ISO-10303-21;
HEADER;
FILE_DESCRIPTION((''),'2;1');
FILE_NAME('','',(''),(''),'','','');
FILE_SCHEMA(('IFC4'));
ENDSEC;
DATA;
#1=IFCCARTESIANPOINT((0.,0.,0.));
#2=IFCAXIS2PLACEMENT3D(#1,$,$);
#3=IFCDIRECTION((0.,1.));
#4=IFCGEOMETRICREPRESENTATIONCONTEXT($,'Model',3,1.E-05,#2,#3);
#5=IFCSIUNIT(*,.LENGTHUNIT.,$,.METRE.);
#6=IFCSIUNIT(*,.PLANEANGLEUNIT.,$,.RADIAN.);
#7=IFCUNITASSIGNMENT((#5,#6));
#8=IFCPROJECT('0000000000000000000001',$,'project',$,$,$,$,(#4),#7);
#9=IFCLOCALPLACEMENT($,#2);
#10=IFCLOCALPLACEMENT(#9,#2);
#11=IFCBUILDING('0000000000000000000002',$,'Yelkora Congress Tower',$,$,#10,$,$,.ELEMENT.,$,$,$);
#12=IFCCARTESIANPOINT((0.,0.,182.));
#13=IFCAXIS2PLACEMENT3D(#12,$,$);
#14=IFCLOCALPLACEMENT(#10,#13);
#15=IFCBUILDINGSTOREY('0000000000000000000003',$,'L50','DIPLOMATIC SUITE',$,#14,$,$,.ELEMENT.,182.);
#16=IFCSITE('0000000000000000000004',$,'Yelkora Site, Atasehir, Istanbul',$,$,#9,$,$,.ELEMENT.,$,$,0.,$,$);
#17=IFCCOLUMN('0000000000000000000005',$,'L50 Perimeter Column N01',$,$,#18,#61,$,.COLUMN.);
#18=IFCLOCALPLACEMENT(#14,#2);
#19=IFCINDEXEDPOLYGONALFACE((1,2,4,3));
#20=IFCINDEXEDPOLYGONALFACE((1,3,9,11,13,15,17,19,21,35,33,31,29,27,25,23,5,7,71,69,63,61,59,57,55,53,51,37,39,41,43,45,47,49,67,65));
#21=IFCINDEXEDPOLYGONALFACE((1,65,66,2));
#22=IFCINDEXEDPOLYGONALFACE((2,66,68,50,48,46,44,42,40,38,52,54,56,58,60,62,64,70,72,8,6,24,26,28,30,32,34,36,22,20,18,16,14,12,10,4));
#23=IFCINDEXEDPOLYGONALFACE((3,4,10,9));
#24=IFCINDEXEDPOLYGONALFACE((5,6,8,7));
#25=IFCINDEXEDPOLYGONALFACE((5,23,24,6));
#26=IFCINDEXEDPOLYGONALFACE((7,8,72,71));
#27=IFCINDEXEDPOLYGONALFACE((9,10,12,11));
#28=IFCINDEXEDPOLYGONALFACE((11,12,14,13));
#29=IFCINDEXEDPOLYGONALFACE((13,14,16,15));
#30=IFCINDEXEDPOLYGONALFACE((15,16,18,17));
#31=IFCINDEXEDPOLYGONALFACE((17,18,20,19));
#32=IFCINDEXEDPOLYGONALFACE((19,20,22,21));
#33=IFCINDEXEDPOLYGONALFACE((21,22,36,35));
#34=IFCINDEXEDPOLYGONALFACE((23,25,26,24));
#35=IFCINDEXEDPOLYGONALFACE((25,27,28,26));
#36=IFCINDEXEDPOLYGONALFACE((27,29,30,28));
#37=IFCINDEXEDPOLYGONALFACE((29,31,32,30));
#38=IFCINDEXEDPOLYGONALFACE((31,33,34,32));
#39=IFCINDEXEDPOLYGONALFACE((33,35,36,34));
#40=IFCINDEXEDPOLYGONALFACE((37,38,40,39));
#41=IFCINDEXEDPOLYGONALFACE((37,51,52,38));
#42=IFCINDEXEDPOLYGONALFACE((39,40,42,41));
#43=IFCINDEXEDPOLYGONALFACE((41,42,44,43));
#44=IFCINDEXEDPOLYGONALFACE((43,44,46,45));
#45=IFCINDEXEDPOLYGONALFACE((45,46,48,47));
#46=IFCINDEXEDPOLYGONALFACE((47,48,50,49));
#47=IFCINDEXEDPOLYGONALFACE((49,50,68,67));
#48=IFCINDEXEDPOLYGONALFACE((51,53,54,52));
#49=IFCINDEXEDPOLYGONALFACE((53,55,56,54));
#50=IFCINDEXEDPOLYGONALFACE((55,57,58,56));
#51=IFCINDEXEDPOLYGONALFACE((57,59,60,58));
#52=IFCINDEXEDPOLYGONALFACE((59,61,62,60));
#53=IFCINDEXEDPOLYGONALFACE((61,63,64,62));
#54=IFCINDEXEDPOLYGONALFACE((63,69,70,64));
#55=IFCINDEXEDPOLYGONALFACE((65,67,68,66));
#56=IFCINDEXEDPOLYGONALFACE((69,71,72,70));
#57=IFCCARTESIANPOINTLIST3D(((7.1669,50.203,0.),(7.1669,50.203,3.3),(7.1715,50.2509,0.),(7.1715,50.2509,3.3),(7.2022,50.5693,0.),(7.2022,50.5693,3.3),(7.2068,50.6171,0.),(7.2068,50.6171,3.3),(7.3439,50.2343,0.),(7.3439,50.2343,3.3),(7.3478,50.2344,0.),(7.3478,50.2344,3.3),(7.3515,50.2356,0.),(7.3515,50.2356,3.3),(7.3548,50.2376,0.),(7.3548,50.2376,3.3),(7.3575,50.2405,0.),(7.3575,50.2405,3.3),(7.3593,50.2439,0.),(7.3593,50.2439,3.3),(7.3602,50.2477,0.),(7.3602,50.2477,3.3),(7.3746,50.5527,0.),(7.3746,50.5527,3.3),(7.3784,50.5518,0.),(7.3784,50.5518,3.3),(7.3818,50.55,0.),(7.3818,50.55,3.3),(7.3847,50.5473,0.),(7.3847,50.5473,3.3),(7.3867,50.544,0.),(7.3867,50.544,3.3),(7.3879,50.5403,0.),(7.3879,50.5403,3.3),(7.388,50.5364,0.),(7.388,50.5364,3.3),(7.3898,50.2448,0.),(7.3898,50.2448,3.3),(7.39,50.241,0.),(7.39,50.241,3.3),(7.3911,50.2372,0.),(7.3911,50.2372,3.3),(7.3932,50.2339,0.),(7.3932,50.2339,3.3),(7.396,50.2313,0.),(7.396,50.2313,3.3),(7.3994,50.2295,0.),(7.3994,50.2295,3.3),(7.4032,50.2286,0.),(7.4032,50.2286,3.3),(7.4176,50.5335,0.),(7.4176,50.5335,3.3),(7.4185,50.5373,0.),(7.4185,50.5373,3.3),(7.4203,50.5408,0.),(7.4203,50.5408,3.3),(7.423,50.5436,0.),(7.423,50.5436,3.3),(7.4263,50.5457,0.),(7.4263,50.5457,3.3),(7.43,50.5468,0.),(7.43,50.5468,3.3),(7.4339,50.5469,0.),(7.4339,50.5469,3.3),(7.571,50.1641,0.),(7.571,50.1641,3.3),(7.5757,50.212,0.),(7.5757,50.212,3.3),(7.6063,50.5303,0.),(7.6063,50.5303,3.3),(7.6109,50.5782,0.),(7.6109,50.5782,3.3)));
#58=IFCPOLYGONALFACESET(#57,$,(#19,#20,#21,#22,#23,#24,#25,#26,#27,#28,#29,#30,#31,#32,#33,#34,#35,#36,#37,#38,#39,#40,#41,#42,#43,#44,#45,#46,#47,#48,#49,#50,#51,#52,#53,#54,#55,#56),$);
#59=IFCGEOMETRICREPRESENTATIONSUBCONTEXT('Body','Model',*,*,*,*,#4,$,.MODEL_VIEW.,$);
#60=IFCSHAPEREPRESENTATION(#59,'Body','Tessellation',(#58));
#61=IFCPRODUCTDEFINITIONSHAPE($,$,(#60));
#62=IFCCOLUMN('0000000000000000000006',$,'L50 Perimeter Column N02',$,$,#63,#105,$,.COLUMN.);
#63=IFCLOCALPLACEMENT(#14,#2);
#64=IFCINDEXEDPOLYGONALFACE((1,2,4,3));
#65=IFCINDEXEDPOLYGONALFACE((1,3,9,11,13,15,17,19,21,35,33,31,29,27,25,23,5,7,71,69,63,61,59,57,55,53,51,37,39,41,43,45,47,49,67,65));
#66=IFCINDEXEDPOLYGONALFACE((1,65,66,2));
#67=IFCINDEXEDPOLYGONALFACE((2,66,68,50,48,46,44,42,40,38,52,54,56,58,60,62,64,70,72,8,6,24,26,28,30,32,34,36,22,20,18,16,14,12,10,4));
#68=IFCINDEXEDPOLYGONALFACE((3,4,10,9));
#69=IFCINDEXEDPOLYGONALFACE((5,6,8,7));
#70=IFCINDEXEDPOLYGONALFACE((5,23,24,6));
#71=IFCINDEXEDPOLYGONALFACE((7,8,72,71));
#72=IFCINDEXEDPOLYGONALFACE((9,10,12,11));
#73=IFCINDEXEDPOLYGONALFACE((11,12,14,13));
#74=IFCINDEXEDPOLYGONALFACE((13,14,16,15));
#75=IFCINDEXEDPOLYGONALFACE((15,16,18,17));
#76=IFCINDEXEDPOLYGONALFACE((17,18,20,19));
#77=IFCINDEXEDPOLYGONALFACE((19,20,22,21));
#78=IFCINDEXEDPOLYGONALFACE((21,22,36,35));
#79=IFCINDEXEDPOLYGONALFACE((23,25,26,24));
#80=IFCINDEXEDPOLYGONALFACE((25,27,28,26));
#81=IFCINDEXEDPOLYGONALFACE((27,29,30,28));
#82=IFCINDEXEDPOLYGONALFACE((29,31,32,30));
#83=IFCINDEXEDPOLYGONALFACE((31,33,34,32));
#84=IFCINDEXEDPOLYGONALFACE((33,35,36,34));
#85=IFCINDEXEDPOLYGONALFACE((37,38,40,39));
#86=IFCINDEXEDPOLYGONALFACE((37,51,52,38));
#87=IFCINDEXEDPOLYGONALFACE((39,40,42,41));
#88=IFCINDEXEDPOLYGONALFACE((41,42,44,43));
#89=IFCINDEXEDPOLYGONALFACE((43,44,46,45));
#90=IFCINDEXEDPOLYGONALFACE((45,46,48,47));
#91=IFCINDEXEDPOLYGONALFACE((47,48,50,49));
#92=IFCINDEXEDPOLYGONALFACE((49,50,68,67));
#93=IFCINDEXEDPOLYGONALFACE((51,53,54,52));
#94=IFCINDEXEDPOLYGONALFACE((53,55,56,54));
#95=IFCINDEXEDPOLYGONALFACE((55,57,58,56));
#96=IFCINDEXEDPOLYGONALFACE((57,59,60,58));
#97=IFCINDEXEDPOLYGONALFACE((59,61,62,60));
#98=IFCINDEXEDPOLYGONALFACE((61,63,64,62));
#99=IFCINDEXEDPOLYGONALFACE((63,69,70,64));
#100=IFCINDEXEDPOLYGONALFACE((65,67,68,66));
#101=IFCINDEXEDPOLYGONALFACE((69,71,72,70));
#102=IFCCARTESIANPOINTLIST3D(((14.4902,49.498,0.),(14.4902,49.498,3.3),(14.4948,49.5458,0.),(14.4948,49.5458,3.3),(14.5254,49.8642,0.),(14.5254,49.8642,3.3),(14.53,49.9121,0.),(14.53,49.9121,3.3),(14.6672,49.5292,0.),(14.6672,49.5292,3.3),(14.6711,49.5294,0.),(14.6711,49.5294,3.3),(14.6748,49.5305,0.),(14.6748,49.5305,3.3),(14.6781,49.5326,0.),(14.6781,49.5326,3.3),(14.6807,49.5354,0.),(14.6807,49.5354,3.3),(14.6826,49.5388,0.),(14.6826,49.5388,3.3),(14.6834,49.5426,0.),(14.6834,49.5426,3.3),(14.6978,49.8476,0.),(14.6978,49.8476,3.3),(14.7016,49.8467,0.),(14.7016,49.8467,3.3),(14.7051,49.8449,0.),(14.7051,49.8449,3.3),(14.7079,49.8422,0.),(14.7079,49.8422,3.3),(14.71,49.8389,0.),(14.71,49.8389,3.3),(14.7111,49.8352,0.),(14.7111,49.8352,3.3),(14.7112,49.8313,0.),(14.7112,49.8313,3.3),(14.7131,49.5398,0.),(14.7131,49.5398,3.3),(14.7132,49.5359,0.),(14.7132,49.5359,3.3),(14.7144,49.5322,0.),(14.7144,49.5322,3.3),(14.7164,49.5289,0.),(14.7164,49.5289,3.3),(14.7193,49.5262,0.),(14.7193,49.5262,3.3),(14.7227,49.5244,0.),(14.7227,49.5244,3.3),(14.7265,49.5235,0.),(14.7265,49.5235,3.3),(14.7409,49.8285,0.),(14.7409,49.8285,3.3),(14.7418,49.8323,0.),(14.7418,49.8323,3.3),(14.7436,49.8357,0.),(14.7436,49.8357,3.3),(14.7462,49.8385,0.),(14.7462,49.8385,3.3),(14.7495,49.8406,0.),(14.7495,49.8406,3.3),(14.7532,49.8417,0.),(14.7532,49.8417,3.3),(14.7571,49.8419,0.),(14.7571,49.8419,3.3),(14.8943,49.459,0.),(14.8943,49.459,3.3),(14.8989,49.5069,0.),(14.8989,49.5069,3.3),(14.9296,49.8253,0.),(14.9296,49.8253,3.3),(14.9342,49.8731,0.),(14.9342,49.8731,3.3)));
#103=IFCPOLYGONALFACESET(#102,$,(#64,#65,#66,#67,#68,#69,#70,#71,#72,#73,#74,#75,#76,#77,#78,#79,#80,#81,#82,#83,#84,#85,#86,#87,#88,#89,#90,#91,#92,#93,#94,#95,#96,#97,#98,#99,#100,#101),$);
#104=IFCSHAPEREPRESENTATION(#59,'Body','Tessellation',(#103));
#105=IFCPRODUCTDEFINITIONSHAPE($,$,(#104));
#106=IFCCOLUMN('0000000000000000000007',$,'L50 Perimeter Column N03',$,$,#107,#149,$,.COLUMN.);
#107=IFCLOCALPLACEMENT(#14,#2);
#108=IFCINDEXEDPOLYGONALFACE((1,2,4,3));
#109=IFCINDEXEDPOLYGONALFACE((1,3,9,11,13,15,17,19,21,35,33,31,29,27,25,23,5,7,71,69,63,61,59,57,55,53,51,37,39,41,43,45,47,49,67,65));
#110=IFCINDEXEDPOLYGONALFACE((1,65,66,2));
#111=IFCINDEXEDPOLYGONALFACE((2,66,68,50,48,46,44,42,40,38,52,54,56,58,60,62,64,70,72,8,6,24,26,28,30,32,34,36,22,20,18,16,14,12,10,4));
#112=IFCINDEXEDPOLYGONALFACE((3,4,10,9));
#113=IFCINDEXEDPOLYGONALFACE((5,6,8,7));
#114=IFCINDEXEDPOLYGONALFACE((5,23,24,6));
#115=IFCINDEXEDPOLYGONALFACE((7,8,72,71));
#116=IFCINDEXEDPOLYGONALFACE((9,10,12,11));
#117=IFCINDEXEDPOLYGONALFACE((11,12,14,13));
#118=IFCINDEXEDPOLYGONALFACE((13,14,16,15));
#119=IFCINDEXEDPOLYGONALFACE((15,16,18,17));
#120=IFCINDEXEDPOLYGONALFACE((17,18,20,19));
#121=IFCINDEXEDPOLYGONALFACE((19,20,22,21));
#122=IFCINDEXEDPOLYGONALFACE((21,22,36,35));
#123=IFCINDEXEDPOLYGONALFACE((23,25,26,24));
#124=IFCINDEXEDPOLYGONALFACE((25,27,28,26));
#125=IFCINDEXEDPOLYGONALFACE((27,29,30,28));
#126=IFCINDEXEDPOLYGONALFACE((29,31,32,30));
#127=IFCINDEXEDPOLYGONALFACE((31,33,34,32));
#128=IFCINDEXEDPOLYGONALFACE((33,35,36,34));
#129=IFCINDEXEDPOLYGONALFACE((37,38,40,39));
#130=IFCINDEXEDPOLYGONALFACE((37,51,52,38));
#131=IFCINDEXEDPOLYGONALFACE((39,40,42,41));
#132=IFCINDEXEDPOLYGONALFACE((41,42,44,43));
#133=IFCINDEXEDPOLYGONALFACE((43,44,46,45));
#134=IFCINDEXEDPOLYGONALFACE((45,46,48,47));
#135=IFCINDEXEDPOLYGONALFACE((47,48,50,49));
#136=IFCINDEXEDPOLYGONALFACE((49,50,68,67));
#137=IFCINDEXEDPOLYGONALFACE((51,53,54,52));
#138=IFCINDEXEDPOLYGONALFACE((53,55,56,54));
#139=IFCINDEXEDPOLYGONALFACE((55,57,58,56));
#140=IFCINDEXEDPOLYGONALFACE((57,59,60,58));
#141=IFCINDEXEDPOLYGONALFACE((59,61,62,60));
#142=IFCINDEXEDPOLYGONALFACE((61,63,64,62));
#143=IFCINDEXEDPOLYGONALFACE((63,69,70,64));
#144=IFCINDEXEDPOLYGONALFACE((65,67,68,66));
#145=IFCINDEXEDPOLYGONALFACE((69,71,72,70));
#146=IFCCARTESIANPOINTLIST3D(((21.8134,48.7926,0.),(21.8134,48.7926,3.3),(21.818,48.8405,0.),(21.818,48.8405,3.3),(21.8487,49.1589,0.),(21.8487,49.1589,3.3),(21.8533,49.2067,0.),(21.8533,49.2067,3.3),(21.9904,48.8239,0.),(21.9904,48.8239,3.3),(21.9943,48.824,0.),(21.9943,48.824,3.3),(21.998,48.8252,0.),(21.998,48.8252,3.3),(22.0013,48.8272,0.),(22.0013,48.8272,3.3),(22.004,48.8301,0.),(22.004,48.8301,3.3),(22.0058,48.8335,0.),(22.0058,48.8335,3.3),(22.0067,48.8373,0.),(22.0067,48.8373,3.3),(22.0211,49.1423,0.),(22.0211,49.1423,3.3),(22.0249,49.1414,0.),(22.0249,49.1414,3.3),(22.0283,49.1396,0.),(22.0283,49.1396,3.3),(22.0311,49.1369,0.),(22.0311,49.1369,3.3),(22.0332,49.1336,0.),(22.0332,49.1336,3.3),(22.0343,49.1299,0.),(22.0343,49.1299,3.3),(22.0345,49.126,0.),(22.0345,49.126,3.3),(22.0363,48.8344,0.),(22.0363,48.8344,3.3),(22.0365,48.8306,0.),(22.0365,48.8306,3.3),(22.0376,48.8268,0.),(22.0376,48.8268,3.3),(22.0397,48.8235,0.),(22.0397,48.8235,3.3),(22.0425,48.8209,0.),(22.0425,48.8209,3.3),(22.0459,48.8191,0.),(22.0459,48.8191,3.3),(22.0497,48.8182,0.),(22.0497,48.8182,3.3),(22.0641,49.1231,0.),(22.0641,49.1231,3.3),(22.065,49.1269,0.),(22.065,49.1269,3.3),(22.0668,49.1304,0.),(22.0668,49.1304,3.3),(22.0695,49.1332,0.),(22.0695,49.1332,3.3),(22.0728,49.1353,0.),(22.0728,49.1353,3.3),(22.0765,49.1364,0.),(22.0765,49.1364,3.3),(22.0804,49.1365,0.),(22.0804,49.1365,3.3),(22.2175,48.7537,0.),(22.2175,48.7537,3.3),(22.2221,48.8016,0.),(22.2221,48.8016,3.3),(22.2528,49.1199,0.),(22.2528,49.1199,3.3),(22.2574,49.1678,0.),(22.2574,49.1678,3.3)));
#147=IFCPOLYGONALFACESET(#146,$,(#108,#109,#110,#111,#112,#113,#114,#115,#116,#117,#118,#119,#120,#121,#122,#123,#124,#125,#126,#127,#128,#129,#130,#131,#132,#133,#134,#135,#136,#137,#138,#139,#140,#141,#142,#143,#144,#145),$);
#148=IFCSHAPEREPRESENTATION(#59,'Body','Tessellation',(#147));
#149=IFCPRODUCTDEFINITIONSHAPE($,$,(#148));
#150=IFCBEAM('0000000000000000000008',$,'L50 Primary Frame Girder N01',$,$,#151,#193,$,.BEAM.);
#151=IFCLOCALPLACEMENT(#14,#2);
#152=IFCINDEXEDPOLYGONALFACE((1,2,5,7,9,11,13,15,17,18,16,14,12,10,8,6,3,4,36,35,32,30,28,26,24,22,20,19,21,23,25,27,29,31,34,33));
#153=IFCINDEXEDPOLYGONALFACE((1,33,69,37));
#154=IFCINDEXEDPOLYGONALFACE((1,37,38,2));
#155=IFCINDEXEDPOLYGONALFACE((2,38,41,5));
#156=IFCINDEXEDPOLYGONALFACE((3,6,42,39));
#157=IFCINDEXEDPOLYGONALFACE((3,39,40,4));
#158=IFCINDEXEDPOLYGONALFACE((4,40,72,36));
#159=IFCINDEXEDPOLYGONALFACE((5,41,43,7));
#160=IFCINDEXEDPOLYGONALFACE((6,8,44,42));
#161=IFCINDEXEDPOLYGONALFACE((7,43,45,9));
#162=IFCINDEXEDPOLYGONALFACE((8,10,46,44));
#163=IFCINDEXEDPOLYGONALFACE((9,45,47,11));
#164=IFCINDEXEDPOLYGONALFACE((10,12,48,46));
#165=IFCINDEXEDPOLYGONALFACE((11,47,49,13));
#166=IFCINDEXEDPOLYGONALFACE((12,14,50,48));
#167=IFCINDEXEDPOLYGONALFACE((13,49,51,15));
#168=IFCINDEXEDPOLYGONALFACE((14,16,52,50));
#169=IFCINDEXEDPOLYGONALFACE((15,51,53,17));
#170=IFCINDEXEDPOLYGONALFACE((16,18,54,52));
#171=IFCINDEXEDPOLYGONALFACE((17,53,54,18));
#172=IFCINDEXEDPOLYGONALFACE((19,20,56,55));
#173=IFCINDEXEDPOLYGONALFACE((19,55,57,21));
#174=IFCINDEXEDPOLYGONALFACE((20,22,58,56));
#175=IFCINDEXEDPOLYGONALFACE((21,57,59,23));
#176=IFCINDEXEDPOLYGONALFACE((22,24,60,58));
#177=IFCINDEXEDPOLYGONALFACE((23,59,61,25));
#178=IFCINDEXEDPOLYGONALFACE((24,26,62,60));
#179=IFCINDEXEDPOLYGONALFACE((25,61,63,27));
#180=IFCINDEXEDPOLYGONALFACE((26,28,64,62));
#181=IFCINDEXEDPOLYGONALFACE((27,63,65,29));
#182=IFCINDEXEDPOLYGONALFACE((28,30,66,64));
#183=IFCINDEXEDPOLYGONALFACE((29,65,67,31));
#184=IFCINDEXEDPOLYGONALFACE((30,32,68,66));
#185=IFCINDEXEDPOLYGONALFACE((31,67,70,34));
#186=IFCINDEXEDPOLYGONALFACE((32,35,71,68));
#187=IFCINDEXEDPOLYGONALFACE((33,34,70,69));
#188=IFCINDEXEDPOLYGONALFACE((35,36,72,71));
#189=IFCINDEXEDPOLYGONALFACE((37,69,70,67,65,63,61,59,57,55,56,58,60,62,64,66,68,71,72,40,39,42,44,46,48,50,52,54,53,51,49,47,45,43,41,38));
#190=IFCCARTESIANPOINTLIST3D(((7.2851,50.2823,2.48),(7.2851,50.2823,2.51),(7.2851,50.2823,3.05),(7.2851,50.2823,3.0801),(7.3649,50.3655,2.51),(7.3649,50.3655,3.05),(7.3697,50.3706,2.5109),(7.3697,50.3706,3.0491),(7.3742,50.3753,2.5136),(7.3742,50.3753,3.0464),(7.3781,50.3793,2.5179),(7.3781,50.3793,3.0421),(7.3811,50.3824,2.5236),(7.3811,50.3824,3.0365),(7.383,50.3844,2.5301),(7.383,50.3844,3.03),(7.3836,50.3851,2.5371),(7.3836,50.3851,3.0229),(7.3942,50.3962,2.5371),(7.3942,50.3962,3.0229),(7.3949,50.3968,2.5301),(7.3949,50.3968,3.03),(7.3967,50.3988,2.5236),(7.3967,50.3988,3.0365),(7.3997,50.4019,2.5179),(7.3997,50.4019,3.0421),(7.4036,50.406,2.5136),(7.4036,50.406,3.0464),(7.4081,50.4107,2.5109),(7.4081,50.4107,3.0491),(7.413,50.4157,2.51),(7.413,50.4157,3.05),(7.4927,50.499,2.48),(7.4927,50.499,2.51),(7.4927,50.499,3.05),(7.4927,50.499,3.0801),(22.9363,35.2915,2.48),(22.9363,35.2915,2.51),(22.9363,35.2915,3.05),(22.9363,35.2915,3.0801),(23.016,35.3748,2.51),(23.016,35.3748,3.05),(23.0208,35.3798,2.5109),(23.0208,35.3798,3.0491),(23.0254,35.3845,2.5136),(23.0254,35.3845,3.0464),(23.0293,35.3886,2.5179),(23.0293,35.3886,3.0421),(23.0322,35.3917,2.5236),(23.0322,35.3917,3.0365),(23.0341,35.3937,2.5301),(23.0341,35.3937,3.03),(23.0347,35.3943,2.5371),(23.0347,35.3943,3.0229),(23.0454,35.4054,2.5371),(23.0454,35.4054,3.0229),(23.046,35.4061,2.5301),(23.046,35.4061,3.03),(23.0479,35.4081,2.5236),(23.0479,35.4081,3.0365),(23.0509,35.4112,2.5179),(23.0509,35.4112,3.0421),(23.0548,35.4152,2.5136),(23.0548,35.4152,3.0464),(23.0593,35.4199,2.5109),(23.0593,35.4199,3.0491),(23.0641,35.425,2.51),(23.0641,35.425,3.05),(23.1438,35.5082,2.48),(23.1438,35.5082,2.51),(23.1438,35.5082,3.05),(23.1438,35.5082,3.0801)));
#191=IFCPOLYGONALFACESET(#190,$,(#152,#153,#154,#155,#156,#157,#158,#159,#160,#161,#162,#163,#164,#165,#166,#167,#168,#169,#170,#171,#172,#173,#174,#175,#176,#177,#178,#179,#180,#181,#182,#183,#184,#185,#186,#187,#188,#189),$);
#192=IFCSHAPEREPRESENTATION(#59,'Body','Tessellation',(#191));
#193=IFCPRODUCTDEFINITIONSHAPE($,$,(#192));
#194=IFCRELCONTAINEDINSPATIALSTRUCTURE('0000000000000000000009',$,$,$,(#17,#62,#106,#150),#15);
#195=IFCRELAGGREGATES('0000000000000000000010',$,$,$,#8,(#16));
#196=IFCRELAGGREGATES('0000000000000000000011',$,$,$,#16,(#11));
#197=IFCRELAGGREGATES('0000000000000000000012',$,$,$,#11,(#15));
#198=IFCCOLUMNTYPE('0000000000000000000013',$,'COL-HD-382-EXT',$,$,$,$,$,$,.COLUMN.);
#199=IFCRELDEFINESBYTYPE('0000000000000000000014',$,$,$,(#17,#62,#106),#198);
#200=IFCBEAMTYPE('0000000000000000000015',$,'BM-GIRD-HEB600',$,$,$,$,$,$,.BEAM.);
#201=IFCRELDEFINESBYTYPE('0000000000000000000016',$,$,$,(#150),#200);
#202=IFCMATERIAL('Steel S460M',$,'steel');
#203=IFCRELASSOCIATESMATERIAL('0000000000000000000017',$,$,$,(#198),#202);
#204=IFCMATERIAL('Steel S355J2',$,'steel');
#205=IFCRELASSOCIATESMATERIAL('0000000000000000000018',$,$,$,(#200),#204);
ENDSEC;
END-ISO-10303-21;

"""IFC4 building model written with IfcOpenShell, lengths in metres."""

from ifc_helpers import new_model, si_unit, direction, frame, origin, origin_2d, place, context, subcontext, project, spatial, i_section, extrude, material, material_profile, profile_set, type_object, element, save


model = new_model("IFC4")

# Units and contexts
model_context = context("Model", 3, precision=1e-05, world=origin(), true_north=direction((0.0, 1.0)))
body_context = subcontext(model_context, "Body", "Model", "MODEL_VIEW")
ifc_project = project(units=[si_unit("LENGTHUNIT", "METRE"), si_unit("PLANEANGLEUNIT", "RADIAN")], contexts=[model_context])

# Site, building, storey
site_placement = place(None, origin())
site = spatial("IfcSite", under=ifc_project, at=site_placement, Name="Yelkora Site, Atasehir, Istanbul", CompositionType="ELEMENT", RefElevation=0.0)
building_placement = place(site_placement, origin())
building = spatial("IfcBuilding", under=site, at=building_placement, Name="Yelkora Congress Tower", CompositionType="ELEMENT")
storey_placement = place(building_placement, frame((0.0, 0.0, 182.0)))
storey = spatial("IfcBuildingStorey", under=building, at=storey_placement, Name="L50", Description="DIPLOMATIC SUITE", CompositionType="ELEMENT", Elevation=182.0)

# Columns
ifc_material_1 = material(Name="Steel S460M", Category="steel")
ifc_material_profile_1 = material_profile(ifc_material_1, i_section(OverallWidth=0.406, OverallDepth=0.416, WebThickness=0.0298, FlangeThickness=0.0481, FilletRadius=0.0149, at=origin_2d()), Name="HD 400x382")
ifc_profile_set_1 = profile_set([ifc_material_profile_1], Name="Steel S460M")
column_type = type_object("IfcColumnType", Name="COL-HD-382-EXT", PredefinedType="COLUMN", material=ifc_profile_set_1)
for number, where, z_axis, x_axis, name in (
    (1, (7.3889, 50.3906, 0.0), (0.0, 0.0, 1.0), (0.995396, -0.095846, 0.0), "L50 Perimeter Column N01"),
    (2, (14.7122, 49.6855, 0.0), (0.0, 0.0, 1.0), (0.995396, -0.095846, 0.0), "L50 Perimeter Column N02"),
    (3, (22.0354, 48.9802, 0.0), (0.0, 0.0, 1.0), (0.995396, -0.095846, 0.0), "L50 Perimeter Column N03"),
):
    element("IfcColumn", number, at=place(storey_placement, frame(where, z_axis=z_axis, x_axis=x_axis)), inside=storey, type_object=column_type, Name=name, PredefinedType="COLUMN", context=body_context, shape_type="SweptSolid", body=[
        extrude(i_section(OverallWidth=0.406, OverallDepth=0.416, WebThickness=0.0298, FlangeThickness=0.0481, FilletRadius=0.0149, at=origin_2d()), origin(), (0.0, 0.0, 1.0), 3.3),
    ])

# Beam
ifc_material_2 = material(Name="Steel S355J2", Category="steel")
ifc_material_profile_2 = material_profile(ifc_material_2, i_section(OverallWidth=0.3, OverallDepth=0.6001, WebThickness=0.0154, FlangeThickness=0.03, FilletRadius=0.0271, at=origin_2d()), Name="HEB 600")
ifc_profile_set_2 = profile_set([ifc_material_profile_2], Name="Steel S355J2")
beam_type_1 = type_object("IfcBeamType", Name="BM-GIRD-HEB600", PredefinedType="BEAM", material=ifc_profile_set_2)
beam_1_placement = place(storey_placement, frame((7.3889, 50.3906, 2.78), z_axis=(0.722179, -0.691706, 0.0), x_axis=(0.691706, 0.722179, 0.0)))
element("IfcBeam", 4, at=beam_1_placement, inside=storey, type_object=beam_type_1, Name="L50 Primary Frame Girder N01", PredefinedType="BEAM", context=body_context, shape_type="SweptSolid", body=[
    extrude(i_section(OverallWidth=0.3, OverallDepth=0.6001, WebThickness=0.0154, FlangeThickness=0.03, FilletRadius=0.0271, at=origin_2d()), origin(), (0.0, 0.0, 1.0), 21.6721),
])

save(model, "model.ifc")
